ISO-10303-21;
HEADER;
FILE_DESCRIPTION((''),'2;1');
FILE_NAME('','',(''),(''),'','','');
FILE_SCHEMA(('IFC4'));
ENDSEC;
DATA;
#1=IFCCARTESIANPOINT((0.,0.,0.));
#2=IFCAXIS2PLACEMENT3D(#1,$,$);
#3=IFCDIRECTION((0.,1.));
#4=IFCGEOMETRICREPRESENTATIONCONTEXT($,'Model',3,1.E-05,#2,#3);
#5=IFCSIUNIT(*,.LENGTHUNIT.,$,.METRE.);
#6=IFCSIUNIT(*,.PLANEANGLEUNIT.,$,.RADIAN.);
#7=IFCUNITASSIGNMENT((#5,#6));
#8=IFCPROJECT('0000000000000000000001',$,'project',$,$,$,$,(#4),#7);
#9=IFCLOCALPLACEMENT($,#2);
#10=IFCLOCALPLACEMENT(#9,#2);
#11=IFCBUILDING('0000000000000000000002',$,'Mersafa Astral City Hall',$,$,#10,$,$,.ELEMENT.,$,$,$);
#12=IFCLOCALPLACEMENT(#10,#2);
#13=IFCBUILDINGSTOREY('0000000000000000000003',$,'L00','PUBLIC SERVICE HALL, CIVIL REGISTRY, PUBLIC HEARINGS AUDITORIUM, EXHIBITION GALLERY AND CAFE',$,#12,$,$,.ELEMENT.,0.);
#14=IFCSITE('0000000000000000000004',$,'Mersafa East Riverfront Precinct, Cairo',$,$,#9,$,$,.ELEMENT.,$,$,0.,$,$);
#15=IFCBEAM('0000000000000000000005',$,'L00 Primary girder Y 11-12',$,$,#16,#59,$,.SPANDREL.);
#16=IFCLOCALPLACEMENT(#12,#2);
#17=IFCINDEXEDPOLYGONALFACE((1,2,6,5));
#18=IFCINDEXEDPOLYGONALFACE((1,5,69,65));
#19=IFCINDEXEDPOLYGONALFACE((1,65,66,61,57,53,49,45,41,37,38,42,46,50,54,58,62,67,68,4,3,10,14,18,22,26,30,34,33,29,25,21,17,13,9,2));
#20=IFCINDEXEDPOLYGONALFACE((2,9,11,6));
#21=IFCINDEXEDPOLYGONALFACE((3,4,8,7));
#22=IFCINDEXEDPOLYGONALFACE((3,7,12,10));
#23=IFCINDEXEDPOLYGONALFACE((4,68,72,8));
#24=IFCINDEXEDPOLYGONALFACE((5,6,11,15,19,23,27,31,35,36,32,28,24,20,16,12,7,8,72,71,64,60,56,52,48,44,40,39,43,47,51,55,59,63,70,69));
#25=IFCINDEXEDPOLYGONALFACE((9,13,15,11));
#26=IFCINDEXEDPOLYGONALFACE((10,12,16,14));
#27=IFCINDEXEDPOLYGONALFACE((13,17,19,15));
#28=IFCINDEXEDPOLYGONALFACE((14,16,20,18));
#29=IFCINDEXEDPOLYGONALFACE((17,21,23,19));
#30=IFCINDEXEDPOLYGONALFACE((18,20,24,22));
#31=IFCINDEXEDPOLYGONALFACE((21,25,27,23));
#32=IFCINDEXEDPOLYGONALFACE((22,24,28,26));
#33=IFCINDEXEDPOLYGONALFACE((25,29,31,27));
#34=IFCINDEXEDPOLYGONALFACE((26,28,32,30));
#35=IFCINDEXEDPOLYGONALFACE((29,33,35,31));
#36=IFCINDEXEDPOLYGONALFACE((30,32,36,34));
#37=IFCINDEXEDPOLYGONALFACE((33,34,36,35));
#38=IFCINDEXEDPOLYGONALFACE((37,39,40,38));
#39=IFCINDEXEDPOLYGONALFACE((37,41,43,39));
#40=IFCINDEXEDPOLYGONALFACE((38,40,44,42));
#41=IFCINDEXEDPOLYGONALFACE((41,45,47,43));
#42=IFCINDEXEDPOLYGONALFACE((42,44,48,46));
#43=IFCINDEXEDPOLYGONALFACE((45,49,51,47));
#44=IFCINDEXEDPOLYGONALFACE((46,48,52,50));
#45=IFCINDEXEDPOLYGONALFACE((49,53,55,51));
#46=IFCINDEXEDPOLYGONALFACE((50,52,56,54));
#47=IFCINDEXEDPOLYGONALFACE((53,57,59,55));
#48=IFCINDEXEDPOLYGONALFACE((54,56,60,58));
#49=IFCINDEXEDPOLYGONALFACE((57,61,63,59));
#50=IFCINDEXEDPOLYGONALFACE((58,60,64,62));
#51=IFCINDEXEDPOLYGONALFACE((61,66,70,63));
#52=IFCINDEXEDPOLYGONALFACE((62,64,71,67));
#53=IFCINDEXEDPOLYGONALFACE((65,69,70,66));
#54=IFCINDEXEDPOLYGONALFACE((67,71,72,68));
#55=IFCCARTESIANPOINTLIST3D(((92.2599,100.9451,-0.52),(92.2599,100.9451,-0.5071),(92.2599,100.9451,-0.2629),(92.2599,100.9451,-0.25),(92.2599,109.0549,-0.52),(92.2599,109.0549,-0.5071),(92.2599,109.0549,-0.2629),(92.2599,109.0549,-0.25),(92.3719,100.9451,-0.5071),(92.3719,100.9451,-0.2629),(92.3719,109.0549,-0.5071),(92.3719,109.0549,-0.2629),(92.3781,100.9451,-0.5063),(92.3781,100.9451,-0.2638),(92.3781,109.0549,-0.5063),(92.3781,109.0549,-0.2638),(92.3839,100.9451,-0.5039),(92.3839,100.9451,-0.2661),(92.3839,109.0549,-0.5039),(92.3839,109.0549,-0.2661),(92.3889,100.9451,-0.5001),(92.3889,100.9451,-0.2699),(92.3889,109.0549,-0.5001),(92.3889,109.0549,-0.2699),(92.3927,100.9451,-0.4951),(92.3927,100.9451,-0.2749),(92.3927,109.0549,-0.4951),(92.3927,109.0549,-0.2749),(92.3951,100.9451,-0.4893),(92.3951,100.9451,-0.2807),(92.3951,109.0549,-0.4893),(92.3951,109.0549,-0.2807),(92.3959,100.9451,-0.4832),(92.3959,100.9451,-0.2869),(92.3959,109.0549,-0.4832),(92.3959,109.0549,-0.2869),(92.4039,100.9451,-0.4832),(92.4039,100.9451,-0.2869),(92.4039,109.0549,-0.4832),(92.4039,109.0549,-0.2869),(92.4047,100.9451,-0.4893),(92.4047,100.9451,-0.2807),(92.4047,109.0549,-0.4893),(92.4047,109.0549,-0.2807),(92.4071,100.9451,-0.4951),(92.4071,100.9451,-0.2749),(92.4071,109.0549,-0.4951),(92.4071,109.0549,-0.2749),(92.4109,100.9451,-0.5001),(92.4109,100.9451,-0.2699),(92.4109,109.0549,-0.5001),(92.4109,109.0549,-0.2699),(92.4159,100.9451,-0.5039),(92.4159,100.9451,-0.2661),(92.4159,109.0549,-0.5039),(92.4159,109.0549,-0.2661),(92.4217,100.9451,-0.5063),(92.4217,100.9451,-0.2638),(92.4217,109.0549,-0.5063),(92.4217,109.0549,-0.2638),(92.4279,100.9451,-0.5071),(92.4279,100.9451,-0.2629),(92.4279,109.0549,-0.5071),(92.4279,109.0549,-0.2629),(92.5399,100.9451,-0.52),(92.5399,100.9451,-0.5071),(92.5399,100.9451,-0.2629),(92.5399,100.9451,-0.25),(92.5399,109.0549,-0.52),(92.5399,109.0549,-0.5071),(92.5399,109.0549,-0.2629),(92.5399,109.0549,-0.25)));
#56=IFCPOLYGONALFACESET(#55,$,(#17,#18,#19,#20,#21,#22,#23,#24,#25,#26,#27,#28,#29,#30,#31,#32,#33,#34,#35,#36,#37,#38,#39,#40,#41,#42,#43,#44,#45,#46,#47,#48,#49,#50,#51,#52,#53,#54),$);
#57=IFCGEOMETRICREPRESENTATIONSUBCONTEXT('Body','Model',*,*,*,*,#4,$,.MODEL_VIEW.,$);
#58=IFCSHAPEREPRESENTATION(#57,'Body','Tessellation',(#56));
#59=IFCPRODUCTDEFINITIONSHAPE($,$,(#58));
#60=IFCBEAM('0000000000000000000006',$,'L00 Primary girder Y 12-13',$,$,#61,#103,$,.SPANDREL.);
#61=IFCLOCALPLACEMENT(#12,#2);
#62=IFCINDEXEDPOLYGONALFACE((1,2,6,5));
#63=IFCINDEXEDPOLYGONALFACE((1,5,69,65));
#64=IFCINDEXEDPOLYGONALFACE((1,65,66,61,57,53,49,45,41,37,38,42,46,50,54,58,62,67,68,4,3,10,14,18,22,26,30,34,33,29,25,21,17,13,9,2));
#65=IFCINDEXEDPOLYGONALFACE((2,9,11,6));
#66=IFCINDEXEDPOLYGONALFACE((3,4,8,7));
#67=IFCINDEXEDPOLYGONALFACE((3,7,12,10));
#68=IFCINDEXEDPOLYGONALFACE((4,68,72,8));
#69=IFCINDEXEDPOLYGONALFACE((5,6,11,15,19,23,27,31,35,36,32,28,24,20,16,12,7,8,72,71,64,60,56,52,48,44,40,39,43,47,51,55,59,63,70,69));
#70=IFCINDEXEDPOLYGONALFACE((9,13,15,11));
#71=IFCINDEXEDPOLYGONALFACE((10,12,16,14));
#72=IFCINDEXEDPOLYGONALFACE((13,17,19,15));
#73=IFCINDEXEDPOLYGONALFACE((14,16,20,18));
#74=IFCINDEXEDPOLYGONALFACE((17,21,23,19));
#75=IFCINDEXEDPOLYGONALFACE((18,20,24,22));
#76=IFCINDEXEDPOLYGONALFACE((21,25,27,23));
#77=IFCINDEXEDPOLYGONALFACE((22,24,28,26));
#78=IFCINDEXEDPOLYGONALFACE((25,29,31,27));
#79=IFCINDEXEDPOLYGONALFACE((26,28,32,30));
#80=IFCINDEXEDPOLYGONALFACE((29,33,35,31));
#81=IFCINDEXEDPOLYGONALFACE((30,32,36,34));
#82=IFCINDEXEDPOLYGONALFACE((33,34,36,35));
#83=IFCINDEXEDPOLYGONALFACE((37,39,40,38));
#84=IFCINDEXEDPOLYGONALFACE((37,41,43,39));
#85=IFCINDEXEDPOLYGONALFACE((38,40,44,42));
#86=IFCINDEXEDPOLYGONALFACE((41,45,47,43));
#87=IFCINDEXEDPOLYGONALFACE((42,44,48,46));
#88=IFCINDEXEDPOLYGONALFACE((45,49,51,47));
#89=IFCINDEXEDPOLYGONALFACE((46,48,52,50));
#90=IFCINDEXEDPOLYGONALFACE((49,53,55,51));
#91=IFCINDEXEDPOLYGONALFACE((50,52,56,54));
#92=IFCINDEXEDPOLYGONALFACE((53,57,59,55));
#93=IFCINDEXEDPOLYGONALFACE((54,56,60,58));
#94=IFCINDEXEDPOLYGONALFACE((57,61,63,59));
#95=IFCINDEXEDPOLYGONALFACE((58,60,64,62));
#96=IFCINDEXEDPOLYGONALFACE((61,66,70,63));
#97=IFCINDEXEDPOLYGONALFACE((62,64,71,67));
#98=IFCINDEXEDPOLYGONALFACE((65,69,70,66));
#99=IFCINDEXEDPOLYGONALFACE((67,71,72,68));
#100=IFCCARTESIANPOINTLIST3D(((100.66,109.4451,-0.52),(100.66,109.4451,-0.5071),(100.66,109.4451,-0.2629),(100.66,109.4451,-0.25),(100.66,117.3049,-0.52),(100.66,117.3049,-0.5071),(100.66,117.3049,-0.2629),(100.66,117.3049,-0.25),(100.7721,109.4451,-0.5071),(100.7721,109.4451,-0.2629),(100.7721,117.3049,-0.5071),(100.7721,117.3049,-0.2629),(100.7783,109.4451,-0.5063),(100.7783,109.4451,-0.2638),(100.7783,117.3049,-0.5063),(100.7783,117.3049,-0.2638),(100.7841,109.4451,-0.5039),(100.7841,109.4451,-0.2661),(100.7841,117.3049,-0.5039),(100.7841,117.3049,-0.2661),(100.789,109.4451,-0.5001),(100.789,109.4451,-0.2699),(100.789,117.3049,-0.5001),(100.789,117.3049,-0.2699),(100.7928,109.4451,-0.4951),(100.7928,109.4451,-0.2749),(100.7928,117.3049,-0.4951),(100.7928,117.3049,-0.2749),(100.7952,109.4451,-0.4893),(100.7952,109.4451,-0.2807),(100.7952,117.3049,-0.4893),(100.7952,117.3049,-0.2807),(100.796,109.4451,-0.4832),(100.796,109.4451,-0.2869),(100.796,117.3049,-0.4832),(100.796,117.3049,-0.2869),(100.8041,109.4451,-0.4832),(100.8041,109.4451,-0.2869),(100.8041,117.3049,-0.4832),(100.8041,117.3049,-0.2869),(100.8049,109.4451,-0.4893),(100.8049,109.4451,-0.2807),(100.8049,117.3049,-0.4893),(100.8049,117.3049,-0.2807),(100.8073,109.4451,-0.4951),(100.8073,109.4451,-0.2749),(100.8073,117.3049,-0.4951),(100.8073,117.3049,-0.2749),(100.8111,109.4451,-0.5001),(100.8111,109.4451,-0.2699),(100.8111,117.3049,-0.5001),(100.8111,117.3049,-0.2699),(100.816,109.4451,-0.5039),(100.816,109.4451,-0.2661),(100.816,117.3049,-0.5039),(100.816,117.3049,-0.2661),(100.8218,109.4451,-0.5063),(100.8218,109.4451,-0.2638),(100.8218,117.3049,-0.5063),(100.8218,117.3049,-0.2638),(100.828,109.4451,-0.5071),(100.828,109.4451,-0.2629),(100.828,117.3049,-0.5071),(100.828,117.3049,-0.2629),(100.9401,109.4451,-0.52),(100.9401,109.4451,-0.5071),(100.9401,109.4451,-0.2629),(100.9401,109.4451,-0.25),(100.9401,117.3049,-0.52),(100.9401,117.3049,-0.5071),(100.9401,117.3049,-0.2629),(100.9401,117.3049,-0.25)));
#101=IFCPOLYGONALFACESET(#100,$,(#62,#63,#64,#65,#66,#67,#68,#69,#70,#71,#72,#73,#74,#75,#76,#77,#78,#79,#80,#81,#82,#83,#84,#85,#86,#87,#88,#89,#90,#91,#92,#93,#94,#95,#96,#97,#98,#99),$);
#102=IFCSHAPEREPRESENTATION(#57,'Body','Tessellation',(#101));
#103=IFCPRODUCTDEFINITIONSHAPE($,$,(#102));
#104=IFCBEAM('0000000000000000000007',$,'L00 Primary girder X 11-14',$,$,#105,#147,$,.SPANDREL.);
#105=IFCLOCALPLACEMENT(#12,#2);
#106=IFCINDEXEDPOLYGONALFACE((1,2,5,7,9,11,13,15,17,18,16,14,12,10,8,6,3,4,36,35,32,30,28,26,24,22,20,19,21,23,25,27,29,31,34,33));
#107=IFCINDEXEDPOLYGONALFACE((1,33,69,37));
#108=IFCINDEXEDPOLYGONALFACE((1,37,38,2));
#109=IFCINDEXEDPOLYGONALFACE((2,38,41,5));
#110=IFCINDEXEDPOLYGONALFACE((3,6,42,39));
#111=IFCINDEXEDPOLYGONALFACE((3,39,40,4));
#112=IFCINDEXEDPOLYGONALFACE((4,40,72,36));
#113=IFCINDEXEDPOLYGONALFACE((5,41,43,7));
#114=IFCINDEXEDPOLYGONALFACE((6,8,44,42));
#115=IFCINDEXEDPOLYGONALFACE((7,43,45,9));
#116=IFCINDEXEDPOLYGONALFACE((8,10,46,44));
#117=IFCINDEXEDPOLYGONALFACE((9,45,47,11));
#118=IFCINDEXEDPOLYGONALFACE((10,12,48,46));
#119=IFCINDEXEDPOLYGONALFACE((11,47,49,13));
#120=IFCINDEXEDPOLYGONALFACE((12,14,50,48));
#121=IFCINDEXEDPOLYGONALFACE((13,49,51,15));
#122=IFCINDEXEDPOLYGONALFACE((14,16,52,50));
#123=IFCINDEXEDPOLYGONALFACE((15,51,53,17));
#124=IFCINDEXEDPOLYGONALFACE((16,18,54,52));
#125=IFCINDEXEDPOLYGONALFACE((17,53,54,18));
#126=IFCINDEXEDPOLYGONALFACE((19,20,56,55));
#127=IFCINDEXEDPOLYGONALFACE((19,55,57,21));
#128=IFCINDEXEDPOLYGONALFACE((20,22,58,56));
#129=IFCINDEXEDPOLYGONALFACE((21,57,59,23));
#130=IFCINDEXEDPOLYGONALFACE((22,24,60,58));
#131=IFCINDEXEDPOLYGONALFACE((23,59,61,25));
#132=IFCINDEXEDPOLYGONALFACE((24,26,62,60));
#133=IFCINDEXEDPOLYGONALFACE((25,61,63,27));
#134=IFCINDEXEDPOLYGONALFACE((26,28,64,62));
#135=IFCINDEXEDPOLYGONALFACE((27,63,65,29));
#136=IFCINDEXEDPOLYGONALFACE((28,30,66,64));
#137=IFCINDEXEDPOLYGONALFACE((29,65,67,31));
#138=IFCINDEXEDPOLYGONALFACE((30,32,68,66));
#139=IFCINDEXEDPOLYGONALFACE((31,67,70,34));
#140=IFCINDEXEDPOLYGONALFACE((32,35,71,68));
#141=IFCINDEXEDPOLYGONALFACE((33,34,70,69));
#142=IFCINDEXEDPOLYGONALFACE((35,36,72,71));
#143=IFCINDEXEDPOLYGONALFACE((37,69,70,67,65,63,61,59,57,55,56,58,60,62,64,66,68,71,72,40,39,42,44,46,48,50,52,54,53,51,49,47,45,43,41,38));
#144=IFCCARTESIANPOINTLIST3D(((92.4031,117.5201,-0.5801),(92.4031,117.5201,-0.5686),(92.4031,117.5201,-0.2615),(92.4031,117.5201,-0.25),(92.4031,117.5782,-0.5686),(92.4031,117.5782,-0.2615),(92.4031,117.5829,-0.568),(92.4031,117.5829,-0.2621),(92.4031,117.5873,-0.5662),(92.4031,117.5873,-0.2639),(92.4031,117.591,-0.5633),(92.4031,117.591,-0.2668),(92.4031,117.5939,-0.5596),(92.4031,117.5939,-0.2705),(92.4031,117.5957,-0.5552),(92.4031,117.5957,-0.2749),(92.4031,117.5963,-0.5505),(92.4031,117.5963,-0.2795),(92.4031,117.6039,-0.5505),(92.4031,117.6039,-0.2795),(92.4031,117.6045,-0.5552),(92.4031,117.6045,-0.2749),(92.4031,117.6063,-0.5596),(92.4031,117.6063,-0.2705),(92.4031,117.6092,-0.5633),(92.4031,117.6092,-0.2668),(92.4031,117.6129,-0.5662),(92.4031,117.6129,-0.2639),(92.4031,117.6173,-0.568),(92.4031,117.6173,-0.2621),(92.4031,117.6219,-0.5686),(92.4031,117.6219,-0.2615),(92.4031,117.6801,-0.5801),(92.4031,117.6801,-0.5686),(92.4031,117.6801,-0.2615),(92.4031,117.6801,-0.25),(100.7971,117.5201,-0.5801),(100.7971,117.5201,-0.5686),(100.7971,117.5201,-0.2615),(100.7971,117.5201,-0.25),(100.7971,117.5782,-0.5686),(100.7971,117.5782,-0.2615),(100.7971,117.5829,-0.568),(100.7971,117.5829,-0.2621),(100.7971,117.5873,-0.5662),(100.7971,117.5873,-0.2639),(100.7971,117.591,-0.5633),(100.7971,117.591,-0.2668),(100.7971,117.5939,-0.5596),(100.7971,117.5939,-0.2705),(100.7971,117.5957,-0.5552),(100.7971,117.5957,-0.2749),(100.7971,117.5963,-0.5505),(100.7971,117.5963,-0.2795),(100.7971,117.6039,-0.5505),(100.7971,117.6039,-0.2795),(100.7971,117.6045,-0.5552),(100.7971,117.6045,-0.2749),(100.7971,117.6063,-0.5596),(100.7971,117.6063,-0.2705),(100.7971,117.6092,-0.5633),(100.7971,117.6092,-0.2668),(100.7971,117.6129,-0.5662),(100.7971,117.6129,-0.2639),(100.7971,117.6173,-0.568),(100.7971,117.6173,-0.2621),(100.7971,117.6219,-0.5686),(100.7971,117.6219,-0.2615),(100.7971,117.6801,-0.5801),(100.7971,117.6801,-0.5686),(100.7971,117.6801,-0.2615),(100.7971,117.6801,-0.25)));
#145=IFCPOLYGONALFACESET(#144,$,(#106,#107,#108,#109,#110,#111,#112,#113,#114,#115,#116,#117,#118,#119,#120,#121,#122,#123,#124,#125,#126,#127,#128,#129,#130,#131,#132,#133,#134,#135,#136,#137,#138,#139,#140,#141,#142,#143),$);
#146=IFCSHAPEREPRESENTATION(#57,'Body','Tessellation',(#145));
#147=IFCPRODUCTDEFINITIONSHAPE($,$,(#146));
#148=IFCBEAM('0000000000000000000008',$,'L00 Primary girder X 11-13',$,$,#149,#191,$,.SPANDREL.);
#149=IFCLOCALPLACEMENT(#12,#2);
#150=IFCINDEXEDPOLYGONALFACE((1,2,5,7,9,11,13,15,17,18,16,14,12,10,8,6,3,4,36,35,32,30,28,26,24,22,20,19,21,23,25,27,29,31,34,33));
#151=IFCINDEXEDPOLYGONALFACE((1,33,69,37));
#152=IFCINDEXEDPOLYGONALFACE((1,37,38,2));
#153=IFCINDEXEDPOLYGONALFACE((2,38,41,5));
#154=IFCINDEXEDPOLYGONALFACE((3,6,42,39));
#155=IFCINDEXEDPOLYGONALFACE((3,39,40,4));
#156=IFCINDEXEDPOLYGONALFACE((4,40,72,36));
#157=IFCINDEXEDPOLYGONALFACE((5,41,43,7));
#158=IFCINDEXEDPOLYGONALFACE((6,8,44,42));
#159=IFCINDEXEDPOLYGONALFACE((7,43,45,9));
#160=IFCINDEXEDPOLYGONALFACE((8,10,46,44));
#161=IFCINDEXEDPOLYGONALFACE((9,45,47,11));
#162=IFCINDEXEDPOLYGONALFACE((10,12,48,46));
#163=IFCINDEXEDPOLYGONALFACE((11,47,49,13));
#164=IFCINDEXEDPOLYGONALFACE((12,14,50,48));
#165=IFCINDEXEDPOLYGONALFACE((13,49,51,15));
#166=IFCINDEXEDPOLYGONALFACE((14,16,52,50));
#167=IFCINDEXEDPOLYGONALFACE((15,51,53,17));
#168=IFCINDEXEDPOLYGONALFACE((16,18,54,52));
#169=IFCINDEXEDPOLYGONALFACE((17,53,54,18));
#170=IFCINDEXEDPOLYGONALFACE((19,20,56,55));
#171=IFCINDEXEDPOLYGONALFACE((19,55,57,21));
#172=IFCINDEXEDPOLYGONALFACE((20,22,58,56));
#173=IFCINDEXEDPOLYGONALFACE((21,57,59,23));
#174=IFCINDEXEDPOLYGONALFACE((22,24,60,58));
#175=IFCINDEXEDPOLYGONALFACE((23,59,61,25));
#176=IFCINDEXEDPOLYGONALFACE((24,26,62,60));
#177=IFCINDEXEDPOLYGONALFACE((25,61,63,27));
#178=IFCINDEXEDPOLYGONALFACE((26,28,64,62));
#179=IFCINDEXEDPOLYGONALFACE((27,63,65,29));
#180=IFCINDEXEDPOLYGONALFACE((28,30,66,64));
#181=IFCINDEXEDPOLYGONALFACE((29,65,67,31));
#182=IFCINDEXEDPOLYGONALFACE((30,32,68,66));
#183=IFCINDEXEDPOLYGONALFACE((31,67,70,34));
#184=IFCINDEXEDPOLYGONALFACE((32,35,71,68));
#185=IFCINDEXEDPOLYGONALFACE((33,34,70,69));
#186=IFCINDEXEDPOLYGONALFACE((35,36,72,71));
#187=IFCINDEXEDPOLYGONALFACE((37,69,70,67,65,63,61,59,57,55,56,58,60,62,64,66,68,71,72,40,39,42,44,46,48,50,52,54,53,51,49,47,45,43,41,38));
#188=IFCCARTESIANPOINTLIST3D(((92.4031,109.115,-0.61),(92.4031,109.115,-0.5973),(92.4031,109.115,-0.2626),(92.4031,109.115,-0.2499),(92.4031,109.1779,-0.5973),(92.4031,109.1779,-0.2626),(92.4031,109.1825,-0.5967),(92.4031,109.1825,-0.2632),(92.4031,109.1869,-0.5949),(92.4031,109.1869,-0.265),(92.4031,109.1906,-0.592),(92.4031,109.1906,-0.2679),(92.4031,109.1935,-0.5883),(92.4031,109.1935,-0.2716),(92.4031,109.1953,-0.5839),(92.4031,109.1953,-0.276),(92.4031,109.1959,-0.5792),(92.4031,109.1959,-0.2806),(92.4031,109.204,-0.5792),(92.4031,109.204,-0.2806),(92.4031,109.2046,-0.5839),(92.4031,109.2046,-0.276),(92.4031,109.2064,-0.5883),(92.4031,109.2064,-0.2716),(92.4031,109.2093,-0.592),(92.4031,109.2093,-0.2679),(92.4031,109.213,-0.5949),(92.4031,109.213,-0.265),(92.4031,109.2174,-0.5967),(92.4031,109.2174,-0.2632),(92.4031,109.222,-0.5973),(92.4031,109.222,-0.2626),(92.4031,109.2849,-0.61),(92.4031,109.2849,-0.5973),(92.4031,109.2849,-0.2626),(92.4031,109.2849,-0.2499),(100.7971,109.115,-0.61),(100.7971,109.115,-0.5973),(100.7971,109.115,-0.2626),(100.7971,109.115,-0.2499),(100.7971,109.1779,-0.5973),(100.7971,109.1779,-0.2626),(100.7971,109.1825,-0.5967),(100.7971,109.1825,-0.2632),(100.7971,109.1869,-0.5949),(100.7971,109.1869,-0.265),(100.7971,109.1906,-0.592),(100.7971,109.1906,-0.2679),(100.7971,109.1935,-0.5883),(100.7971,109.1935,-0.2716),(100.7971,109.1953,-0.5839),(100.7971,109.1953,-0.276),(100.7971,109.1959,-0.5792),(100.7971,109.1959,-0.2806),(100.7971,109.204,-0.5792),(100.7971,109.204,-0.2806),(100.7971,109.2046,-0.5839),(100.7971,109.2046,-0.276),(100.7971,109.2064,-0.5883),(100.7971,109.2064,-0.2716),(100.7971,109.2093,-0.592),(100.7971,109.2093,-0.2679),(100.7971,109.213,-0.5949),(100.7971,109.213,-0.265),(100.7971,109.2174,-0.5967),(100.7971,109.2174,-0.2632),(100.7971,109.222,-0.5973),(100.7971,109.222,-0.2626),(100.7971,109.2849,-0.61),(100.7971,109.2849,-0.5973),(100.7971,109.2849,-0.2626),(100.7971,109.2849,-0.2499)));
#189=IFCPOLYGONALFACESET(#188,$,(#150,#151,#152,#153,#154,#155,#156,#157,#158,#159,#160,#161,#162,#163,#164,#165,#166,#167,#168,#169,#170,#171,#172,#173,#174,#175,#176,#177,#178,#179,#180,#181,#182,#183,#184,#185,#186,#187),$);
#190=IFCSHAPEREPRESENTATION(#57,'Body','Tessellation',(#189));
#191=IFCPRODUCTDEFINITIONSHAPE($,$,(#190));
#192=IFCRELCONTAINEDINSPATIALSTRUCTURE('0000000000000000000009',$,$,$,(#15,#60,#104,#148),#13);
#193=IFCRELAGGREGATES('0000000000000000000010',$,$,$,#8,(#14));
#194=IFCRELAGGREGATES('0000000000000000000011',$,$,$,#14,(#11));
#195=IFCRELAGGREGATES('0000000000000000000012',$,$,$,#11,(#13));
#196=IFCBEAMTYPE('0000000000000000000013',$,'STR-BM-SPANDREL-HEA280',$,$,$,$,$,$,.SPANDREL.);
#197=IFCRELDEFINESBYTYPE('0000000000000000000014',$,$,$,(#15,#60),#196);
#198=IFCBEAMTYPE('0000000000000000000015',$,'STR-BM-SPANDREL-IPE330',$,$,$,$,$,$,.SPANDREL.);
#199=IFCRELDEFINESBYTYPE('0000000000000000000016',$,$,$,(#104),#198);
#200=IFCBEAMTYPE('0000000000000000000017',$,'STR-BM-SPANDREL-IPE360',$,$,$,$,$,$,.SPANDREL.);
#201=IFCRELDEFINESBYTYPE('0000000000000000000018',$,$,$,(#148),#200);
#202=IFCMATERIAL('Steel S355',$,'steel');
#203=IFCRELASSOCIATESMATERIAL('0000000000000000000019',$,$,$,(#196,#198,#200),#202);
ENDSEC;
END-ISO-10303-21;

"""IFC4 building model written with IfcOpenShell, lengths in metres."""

from ifc_helpers import new_model, si_unit, direction, frame, origin, origin_2d, place, context, subcontext, project, spatial, i_section, extrude, material, material_profile, profile_set, type_object, element, save


model = new_model("IFC4")

# Units and contexts
model_context = context("Model", 3, precision=1e-05, world=origin(), true_north=direction((0.0, 1.0)))
body_context = subcontext(model_context, "Body", "Model", "MODEL_VIEW")
ifc_project = project(units=[si_unit("LENGTHUNIT", "METRE"), si_unit("PLANEANGLEUNIT", "RADIAN")], contexts=[model_context])

# Site, building, storey
site_placement = place(None, origin())
site = spatial("IfcSite", under=ifc_project, at=site_placement, Name="Mersafa East Riverfront Precinct, Cairo", CompositionType="ELEMENT", RefElevation=0.0)
building_placement = place(site_placement, origin())
building = spatial("IfcBuilding", under=site, at=building_placement, Name="Mersafa Astral City Hall", CompositionType="ELEMENT")
storey_placement = place(building_placement, origin())
storey = spatial("IfcBuildingStorey", under=building, at=storey_placement, Name="L00", Description="PUBLIC SERVICE HALL, CIVIL REGISTRY, PUBLIC HEARINGS AUDITORIUM, EXHIBITION GALLERY AND CAFE", CompositionType="ELEMENT", Elevation=0.0)

# Shared definitions
ifc_material_1 = material(Name="Steel S355", Category="steel")

# Beams
ifc_material_profile_1 = material_profile(ifc_material_1, i_section(OverallWidth=0.28, OverallDepth=0.27, WebThickness=0.0081, FlangeThickness=0.0129, FilletRadius=0.0239, at=origin_2d()), Name="HEA 280")
ifc_profile_set_1 = profile_set([ifc_material_profile_1], Name="Steel S355")
beam_type_1 = type_object("IfcBeamType", Name="STR-BM-SPANDREL-HEA280", PredefinedType="SPANDREL", material=ifc_profile_set_1)
beam_1_placement = place(storey_placement, frame((92.3999, 100.9451, -0.385), z_axis=(0.0, 1.0, 0.0), x_axis=(-1.0, 0.0, 0.0)))
element("IfcBeam", 1, at=beam_1_placement, inside=storey, type_object=beam_type_1, Name="L00 Primary girder Y 11-12", PredefinedType="SPANDREL", context=body_context, shape_type="SweptSolid", body=[
    extrude(i_section(OverallWidth=0.28, OverallDepth=0.27, WebThickness=0.0081, FlangeThickness=0.0129, FilletRadius=0.0239, at=origin_2d()), origin(), (0.0, 0.0, 1.0), 8.1099),
])
beam_2_placement = place(storey_placement, frame((100.8, 109.4451, -0.385), z_axis=(0.0, 1.0, 0.0), x_axis=(-1.0, 0.0, 0.0)))
element("IfcBeam", 2, at=beam_2_placement, inside=storey, type_object=beam_type_1, Name="L00 Primary girder Y 12-13", PredefinedType="SPANDREL", context=body_context, shape_type="SweptSolid", body=[
    extrude(i_section(OverallWidth=0.28, OverallDepth=0.27, WebThickness=0.0081, FlangeThickness=0.0129, FilletRadius=0.0239, at=origin_2d()), origin(), (0.0, 0.0, 1.0), 7.8599),
])
ifc_material_profile_2 = material_profile(ifc_material_1, i_section(OverallWidth=0.1599, OverallDepth=0.3301, WebThickness=0.0076, FlangeThickness=0.0115, FilletRadius=0.0181, at=origin_2d()), Name="IPE 330")
ifc_profile_set_2 = profile_set([ifc_material_profile_2], Name="Steel S355")
beam_type_2 = type_object("IfcBeamType", Name="STR-BM-SPANDREL-IPE330", PredefinedType="SPANDREL", material=ifc_profile_set_2)
beam_3_placement = place(storey_placement, frame((92.4031, 117.6001, -0.415), z_axis=(1.0, 0.0, 0.0), x_axis=(0.0, 1.0, 0.0)))
element("IfcBeam", 3, at=beam_3_placement, inside=storey, type_object=beam_type_2, Name="L00 Primary girder X 11-14", PredefinedType="SPANDREL", context=body_context, shape_type="SweptSolid", body=[
    extrude(i_section(OverallWidth=0.1599, OverallDepth=0.3301, WebThickness=0.0076, FlangeThickness=0.0115, FilletRadius=0.0181, at=origin_2d()), origin(), (0.0, 0.0, 1.0), 8.394),
])
ifc_material_profile_3 = material_profile(ifc_material_1, i_section(OverallWidth=0.1699, OverallDepth=0.3601, WebThickness=0.0081, FlangeThickness=0.0127, FilletRadius=0.0181, at=origin_2d()), Name="IPE 360")
ifc_profile_set_3 = profile_set([ifc_material_profile_3], Name="Steel S355")
beam_type_3 = type_object("IfcBeamType", Name="STR-BM-SPANDREL-IPE360", PredefinedType="SPANDREL", material=ifc_profile_set_3)
for number, where, z_axis, x_axis, name in (
    (4, (92.4031, 109.2, -0.4299), (1.0, 0.0, 0.0), (0.0, 1.0, 0.0), "L00 Primary girder X 11-13"),
):
    element("IfcBeam", number, at=place(storey_placement, frame(where, z_axis=z_axis, x_axis=x_axis)), inside=storey, type_object=beam_type_3, Name=name, PredefinedType="SPANDREL", context=body_context, shape_type="SweptSolid", body=[
        extrude(i_section(OverallWidth=0.1699, OverallDepth=0.3601, WebThickness=0.0081, FlangeThickness=0.0127, FilletRadius=0.0181, at=origin_2d()), origin(), (0.0, 0.0, 1.0), 8.394),
    ])

save(model, "model.ifc")
